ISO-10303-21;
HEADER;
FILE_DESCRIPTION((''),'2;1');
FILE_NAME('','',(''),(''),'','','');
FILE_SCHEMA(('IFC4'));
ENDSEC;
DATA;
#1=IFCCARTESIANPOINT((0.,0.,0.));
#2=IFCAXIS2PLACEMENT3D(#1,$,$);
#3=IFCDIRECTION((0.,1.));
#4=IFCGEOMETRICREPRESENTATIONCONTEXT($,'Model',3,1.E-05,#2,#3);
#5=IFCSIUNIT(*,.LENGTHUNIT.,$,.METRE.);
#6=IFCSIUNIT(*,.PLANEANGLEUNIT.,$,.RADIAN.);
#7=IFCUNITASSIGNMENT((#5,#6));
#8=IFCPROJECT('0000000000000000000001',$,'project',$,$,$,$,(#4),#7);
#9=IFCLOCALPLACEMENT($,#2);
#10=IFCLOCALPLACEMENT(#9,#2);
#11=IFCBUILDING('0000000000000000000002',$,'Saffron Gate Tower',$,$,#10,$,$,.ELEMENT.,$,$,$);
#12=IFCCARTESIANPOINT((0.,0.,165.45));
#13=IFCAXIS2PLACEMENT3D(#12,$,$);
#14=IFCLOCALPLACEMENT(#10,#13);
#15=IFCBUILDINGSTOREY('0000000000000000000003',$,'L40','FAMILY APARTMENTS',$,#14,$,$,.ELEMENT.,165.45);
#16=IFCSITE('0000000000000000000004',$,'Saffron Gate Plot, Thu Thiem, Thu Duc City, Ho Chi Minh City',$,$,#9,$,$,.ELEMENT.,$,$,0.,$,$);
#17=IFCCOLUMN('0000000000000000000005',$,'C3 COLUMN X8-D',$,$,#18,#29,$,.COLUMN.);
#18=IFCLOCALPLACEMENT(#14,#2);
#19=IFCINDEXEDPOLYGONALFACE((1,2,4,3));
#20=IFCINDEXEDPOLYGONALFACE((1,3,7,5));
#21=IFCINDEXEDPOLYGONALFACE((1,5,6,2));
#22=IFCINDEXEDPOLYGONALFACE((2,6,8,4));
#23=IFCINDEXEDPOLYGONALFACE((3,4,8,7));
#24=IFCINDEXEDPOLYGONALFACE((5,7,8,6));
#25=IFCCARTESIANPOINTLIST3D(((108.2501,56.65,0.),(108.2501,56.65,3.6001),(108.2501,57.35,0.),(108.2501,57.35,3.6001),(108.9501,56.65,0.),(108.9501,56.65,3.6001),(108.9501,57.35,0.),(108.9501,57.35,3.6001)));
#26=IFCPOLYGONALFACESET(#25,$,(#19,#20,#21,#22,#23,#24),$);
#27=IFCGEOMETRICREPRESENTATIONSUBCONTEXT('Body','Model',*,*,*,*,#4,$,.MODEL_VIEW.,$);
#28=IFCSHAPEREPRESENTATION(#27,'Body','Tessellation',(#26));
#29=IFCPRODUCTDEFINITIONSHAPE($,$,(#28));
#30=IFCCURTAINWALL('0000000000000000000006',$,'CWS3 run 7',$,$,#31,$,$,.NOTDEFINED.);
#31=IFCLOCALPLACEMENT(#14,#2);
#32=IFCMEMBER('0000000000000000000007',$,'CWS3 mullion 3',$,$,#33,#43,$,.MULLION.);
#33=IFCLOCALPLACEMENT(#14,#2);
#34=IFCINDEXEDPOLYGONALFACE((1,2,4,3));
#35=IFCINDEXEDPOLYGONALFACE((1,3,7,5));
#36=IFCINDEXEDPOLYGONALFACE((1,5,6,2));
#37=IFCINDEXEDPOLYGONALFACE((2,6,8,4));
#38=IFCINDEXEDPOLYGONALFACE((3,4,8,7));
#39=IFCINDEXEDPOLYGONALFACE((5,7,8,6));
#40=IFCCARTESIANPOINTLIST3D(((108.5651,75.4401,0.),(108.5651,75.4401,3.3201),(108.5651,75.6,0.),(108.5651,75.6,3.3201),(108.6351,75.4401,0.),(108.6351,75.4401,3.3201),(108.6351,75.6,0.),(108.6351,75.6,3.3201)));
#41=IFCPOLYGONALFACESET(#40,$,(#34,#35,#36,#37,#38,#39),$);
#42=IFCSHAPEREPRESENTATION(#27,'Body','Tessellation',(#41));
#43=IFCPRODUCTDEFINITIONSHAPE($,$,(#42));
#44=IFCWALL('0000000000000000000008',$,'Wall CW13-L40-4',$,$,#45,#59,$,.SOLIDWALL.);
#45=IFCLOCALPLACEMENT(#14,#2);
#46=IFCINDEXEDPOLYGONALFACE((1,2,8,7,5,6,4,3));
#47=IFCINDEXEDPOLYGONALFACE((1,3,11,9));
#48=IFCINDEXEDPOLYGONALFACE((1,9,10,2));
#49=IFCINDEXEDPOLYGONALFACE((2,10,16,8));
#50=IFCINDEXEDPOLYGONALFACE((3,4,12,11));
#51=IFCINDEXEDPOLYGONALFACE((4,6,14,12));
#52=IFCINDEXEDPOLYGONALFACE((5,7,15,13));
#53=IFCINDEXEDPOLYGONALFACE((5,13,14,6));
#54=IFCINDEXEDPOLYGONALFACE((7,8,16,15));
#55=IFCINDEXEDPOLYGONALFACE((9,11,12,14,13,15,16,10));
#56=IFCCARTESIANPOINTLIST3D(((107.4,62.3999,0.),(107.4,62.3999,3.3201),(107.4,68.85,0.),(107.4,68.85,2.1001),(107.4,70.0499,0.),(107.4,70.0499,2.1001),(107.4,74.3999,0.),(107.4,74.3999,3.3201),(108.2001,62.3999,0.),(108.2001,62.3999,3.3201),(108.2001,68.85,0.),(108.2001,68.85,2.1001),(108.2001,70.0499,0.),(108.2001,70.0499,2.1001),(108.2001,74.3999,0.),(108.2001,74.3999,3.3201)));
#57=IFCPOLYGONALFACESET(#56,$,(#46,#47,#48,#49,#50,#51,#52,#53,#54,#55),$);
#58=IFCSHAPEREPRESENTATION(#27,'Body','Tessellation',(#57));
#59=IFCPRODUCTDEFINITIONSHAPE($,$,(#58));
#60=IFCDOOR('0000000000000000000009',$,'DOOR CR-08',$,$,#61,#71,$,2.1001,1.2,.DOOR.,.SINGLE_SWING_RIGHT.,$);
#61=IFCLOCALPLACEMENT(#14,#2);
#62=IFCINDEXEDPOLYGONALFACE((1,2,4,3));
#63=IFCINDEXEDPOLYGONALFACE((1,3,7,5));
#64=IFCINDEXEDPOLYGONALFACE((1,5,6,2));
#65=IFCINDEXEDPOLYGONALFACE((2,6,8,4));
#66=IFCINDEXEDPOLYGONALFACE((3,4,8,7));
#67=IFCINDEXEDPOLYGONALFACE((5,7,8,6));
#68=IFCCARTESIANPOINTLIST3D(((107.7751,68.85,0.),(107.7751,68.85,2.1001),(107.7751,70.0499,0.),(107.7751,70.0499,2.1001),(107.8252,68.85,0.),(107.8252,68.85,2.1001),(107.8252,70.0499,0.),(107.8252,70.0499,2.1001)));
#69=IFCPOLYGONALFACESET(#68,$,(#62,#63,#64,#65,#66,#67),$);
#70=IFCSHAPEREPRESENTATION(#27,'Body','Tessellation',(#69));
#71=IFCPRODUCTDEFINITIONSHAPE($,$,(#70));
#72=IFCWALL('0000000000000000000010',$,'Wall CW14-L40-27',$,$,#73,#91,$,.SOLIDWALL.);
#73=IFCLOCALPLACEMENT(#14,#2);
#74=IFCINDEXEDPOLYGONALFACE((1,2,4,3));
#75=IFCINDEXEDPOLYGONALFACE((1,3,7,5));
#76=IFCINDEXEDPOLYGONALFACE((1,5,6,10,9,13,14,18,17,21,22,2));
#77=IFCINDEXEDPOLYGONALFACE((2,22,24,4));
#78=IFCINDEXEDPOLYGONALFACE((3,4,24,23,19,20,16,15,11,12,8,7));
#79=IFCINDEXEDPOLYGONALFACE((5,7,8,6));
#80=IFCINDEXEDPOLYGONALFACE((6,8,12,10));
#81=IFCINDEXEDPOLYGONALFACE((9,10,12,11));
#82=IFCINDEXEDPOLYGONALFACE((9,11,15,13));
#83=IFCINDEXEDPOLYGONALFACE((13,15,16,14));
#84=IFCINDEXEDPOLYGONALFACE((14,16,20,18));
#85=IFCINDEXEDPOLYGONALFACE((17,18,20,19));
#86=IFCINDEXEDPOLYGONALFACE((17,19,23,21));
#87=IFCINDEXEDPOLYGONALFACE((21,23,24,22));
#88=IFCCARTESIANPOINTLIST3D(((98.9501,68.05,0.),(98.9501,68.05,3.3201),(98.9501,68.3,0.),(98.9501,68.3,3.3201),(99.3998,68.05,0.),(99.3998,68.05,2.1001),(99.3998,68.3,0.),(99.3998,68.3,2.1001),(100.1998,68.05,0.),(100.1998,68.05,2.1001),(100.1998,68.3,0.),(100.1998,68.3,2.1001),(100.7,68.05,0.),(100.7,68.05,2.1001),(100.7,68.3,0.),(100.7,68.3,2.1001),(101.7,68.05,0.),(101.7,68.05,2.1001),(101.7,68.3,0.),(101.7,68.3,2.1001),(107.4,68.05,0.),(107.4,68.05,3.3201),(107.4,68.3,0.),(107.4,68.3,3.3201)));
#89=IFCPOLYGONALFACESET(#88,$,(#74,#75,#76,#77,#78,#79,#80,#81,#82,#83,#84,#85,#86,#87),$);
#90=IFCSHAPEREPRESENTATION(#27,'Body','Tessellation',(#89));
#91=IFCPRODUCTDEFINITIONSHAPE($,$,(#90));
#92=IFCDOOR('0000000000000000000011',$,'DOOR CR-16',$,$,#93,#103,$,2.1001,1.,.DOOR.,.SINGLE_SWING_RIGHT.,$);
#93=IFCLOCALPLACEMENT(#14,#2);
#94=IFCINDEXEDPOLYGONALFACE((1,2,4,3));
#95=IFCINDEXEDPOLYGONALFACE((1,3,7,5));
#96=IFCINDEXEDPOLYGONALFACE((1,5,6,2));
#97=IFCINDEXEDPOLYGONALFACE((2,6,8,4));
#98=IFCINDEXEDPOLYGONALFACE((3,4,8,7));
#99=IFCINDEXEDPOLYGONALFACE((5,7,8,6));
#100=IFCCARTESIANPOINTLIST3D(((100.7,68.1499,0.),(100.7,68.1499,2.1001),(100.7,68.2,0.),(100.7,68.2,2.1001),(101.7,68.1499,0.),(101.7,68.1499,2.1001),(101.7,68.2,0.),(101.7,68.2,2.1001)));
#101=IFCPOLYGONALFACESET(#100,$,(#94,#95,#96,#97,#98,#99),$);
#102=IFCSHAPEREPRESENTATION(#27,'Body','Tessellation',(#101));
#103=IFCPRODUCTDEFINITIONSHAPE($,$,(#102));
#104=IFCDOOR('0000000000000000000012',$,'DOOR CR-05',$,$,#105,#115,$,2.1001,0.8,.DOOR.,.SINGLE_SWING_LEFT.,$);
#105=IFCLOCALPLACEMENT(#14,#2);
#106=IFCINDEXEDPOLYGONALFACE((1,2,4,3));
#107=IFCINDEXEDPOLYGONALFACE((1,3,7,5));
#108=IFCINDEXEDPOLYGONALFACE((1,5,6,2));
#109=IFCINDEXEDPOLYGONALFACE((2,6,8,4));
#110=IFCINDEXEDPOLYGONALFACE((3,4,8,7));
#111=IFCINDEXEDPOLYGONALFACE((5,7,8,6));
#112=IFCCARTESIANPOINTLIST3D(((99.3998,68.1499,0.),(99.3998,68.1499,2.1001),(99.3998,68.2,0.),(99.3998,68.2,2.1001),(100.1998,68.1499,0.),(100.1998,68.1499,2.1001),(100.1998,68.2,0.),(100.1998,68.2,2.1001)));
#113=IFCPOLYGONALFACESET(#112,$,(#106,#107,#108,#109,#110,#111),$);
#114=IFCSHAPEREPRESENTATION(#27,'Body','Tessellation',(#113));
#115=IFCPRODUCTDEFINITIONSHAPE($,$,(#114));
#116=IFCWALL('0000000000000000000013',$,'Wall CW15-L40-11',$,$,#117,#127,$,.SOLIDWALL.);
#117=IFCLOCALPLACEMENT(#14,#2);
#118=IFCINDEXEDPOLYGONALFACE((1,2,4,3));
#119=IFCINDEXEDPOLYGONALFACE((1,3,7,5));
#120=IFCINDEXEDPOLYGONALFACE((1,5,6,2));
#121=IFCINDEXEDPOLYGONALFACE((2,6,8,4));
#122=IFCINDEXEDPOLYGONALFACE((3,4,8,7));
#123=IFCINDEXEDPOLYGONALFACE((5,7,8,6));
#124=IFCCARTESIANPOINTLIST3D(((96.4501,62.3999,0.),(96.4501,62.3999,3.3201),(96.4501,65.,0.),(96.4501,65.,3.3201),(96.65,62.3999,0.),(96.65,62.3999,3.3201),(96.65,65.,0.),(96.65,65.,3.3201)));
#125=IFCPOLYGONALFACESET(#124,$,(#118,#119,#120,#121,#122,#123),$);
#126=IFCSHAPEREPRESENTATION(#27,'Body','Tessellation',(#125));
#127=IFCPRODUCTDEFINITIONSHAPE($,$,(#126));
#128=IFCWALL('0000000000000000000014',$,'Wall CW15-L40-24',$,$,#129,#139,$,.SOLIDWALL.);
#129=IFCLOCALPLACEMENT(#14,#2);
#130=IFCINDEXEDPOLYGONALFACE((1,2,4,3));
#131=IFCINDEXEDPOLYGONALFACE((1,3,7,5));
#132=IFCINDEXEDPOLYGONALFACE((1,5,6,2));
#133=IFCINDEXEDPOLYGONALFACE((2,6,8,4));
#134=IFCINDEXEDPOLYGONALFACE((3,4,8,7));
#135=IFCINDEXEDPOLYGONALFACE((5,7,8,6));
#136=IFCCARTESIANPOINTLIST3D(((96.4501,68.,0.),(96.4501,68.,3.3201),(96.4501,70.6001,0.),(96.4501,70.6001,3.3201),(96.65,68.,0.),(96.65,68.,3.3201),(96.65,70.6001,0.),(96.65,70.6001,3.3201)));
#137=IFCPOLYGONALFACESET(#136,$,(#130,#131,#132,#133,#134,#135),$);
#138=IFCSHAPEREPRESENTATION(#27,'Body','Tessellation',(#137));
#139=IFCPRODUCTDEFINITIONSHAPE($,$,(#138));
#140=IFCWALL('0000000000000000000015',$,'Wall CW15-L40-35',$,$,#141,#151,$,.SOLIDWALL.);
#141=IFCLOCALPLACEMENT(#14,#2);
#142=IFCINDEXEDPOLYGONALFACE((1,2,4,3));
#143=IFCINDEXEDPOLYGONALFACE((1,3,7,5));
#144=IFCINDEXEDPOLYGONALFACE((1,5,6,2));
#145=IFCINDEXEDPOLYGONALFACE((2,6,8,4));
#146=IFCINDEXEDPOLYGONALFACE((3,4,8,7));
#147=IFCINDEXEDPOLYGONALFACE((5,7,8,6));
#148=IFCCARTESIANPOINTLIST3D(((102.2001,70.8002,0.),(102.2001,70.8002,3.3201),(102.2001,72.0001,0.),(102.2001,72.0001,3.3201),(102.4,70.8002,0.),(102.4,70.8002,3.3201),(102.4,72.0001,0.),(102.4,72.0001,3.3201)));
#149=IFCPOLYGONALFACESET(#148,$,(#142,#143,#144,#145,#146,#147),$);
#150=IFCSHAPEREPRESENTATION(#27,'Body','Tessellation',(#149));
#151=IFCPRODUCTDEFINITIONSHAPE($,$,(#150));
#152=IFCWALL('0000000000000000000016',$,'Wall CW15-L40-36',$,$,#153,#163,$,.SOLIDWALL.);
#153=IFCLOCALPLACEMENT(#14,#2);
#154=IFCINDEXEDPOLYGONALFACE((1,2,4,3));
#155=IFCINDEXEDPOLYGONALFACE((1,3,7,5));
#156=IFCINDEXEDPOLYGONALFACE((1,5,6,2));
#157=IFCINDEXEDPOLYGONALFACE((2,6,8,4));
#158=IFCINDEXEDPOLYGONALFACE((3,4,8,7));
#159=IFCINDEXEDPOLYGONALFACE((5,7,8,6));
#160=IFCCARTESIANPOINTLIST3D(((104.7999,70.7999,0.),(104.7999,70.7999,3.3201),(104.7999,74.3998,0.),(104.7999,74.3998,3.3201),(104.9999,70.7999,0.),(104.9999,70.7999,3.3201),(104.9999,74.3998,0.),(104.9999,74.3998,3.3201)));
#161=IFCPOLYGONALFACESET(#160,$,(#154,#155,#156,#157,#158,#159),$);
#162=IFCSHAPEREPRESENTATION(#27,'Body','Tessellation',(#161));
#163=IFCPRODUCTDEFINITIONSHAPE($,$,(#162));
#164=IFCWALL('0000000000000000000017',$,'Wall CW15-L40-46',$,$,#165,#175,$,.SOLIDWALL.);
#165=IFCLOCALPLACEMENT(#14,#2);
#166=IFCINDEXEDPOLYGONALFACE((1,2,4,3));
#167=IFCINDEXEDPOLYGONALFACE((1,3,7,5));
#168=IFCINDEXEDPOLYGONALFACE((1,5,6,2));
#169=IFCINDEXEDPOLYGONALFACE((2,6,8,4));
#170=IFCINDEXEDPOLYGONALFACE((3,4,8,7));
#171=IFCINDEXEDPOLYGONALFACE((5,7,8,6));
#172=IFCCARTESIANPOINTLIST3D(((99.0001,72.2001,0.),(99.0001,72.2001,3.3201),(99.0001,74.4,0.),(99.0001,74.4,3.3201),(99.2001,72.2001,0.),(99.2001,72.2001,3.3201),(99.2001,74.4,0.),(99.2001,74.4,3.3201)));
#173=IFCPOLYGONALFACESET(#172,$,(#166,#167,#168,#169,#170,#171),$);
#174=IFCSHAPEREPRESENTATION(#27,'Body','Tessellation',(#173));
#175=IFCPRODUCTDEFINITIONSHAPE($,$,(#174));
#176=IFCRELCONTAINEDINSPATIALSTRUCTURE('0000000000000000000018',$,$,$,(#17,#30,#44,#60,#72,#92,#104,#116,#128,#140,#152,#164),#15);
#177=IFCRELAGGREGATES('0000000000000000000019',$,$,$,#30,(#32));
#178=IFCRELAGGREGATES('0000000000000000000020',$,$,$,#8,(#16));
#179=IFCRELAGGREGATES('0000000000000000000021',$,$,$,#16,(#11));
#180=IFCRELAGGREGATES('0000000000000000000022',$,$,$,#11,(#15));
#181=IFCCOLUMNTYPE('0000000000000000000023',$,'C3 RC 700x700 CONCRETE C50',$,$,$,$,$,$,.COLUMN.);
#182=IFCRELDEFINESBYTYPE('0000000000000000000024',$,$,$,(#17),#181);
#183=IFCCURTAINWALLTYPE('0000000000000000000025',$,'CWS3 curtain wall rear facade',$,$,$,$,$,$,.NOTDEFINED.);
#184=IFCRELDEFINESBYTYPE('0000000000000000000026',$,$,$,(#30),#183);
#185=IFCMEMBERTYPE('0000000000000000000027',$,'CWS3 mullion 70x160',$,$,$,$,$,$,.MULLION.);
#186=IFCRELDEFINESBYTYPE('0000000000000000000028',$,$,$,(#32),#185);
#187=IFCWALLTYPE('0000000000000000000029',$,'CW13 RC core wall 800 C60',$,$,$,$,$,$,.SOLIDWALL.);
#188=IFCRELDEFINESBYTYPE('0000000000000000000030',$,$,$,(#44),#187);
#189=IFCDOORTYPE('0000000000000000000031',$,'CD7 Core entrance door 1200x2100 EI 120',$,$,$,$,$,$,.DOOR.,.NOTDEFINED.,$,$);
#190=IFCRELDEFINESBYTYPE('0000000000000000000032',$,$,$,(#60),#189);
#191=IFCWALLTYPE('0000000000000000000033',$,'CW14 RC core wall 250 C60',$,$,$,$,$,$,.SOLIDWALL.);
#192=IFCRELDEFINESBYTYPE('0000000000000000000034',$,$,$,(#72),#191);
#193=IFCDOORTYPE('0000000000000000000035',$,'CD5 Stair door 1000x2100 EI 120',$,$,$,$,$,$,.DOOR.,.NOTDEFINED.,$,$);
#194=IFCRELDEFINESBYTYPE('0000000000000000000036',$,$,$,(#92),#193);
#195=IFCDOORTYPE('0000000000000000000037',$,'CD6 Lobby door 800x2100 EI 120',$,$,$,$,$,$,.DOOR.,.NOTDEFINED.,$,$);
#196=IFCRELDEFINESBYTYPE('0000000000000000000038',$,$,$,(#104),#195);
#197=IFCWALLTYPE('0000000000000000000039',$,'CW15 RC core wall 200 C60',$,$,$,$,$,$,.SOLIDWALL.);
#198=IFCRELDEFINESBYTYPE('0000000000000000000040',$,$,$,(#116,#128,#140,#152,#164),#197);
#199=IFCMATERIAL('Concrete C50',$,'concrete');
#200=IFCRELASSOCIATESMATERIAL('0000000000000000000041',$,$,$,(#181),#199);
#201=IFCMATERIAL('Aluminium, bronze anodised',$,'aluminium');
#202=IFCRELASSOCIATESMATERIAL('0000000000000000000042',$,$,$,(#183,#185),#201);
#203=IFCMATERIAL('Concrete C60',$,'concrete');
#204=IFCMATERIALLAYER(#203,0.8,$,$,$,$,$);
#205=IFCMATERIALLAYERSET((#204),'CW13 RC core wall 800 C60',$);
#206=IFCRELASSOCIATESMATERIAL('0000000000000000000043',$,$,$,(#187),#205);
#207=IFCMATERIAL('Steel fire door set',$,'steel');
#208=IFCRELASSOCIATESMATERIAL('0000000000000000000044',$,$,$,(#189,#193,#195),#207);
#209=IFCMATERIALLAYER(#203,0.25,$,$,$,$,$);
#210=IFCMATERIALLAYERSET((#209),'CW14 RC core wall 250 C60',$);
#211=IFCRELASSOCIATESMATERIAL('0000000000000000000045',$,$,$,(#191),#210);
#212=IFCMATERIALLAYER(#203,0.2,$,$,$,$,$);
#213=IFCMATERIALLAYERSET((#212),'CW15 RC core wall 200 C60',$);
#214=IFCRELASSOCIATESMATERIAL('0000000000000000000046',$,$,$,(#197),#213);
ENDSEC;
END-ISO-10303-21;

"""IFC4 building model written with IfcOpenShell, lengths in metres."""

from ifc_helpers import new_model, si_unit, direction, frame, frame_2d, origin, origin_2d, place, context, subcontext, project, spatial, rectangle, extrude, material, layer, layer_set, material_profile, profile_set, type_object, element, fill, aggregate, save


model = new_model("IFC4")

# Units and contexts
model_context = context("Model", 3, precision=1e-05, world=origin(), true_north=direction((0.0, 1.0)))
body_context = subcontext(model_context, "Body", "Model", "MODEL_VIEW")
ifc_project = project(units=[si_unit("LENGTHUNIT", "METRE"), si_unit("PLANEANGLEUNIT", "RADIAN")], contexts=[model_context])

# Site, building, storey
site_placement = place(None, origin())
site = spatial("IfcSite", under=ifc_project, at=site_placement, Name="Saffron Gate Plot, Thu Thiem, Thu Duc City, Ho Chi Minh City", CompositionType="ELEMENT", RefElevation=0.0)
building_placement = place(site_placement, origin())
building = spatial("IfcBuilding", under=site, at=building_placement, Name="Saffron Gate Tower", CompositionType="ELEMENT")
storey_placement = place(building_placement, frame((0.0, 0.0, 165.45)))
storey = spatial("IfcBuildingStorey", under=building, at=storey_placement, Name="L40", Description="FAMILY APARTMENTS", CompositionType="ELEMENT", Elevation=165.45)

# Column
ifc_material_1 = material(Name="Concrete C50", Category="concrete")
ifc_material_profile_1 = material_profile(ifc_material_1, rectangle(XDim=0.7, YDim=0.7, at=origin_2d()))
ifc_profile_set_1 = profile_set([ifc_material_profile_1], Name="Concrete C50")
column_type = type_object("IfcColumnType", Name="C3 RC 700x700 CONCRETE C50", PredefinedType="COLUMN", material=ifc_profile_set_1)
column_placement = place(storey_placement, frame((108.6001, 57.0, 0.0), z_axis=(0.0, 0.0, 1.0), x_axis=(1.0, 0.0, 0.0)))
element("IfcColumn", 1, at=column_placement, inside=storey, type_object=column_type, Name="C3 COLUMN X8-D", PredefinedType="COLUMN", context=body_context, shape_type="SweptSolid", body=[
    extrude(rectangle(XDim=0.7, YDim=0.7, at=origin_2d()), origin(), (0.0, 0.0, 1.0), 3.6001),
])

# Curtain wall, member
ifc_material_2 = material(Name="Aluminium, bronze anodised", Category="aluminium")
curtain_wall_type = type_object("IfcCurtainWallType", Name="CWS3 curtain wall rear facade", PredefinedType="NOTDEFINED", material=ifc_material_2)
curtain_wall_placement = place(storey_placement, origin())
curtain_wall = element("IfcCurtainWall", 2, at=curtain_wall_placement, inside=storey, type_object=curtain_wall_type, Name="CWS3 run 7", PredefinedType="NOTDEFINED")
ifc_material_profile_2 = material_profile(ifc_material_2, rectangle(XDim=0.1599, YDim=0.0701, at=origin_2d()))
ifc_profile_set_2 = profile_set([ifc_material_profile_2], Name="Aluminium, bronze anodised")
member_type = type_object("IfcMemberType", Name="CWS3 mullion 70x160", PredefinedType="MULLION", material=ifc_profile_set_2)
member_placement = place(storey_placement, frame((108.6001, 75.52, 0.0), z_axis=(0.0, 0.0, 1.0), x_axis=(0.0, -1.0, 0.0)))
member = element("IfcMember", 3, at=member_placement, type_object=member_type, Name="CWS3 mullion 3", PredefinedType="MULLION", context=body_context, shape_type="SweptSolid", body=[
    extrude(rectangle(XDim=0.1599, YDim=0.0701, at=origin_2d()), origin(), (0.0, 0.0, 1.0), 3.3201),
])
aggregate(curtain_wall, [member])

# Wall, opening, door
ifc_material_3 = material(Name="Concrete C60", Category="concrete")
ifc_layer_1 = layer(ifc_material_3, 0.8)
ifc_layer_set_1 = layer_set([ifc_layer_1], Name="CW13 RC core wall 800 C60")
wall_type_1 = type_object("IfcWallType", Name="CW13 RC core wall 800 C60", PredefinedType="SOLIDWALL", material=ifc_layer_set_1)
wall_1_placement = place(storey_placement, frame((107.8, 62.3999, 0.0), z_axis=(0.0, 0.0, 1.0), x_axis=(0.0, 1.0, 0.0)))
wall_1 = element("IfcWall", 4, at=wall_1_placement, inside=storey, type_object=wall_type_1, Name="Wall CW13-L40-4", PredefinedType="SOLIDWALL", context=body_context, shape_type="SweptSolid", body=[
    extrude(rectangle(XDim=12.0, YDim=0.8, at=frame_2d((6.0, 0.0))), origin(), (0.0, 0.0, 1.0), 3.3201),
])
opening_1_placement = place(wall_1_placement, frame((6.45, 0.0, 0.0)))
opening_1 = element("IfcOpeningElement", 5, at=opening_1_placement, cuts=wall_1, PredefinedType="OPENING", context=body_context, shape_type="SweptSolid", body=[
    extrude(rectangle(XDim=1.2, YDim=2.1001, at=frame_2d((0.6001, 1.05))), frame((0.0, 0.4102, 0.0), z_axis=(0.0, -1.0, 0.0), x_axis=(1.0, 0.0, 0.0)), (0.0, 0.0, 1.0), 0.8201),
])
ifc_material_4 = material(Name="Steel fire door set", Category="steel")
door_type_1 = type_object("IfcDoorType", Name="CD7 Core entrance door 1200x2100 EI 120", OperationType="NOTDEFINED", PredefinedType="DOOR", material=ifc_material_4)
door_1_placement = place(opening_1_placement, origin())
door_1 = element("IfcDoor", 6, at=door_1_placement, inside=storey, type_object=door_type_1, Name="DOOR CR-08", OperationType="SINGLE_SWING_RIGHT", OverallHeight=2.1001, OverallWidth=1.2, PredefinedType="DOOR", context=body_context, shape_type="SweptSolid", body=[
    extrude(rectangle(XDim=1.2, YDim=2.1001, at=frame_2d((0.6001, 1.05))), frame((0.0, 0.0249, 0.0), z_axis=(0.0, -1.0, 0.0), x_axis=(1.0, 0.0, 0.0)), (0.0, 0.0, 1.0), 0.05),
])
fill(opening_1, door_1)

# Wall, openings, doors
ifc_layer_2 = layer(ifc_material_3, 0.25)
ifc_layer_set_2 = layer_set([ifc_layer_2], Name="CW14 RC core wall 250 C60")
wall_type_2 = type_object("IfcWallType", Name="CW14 RC core wall 250 C60", PredefinedType="SOLIDWALL", material=ifc_layer_set_2)
wall_2_placement = place(storey_placement, frame((98.95, 68.175, 0.0), z_axis=(0.0, 0.0, 1.0), x_axis=(1.0, 0.0, 0.0)))
wall_2 = element("IfcWall", 7, at=wall_2_placement, inside=storey, type_object=wall_type_2, Name="Wall CW14-L40-27", PredefinedType="SOLIDWALL", context=body_context, shape_type="SweptSolid", body=[
    extrude(rectangle(XDim=8.45, YDim=0.25, at=frame_2d((4.2251, 0.0))), origin(), (0.0, 0.0, 1.0), 3.3201),
])
opening_2_placement = place(wall_2_placement, frame((0.45, 0.0, 0.0)))
opening_2 = element("IfcOpeningElement", 8, at=opening_2_placement, cuts=wall_2, PredefinedType="OPENING", context=body_context, shape_type="SweptSolid", body=[
    extrude(rectangle(XDim=0.8, YDim=2.1001, at=frame_2d((0.3999, 1.05))), frame((0.0, 0.135, 0.0), z_axis=(0.0, -1.0, 0.0), x_axis=(1.0, 0.0, 0.0)), (0.0, 0.0, 1.0), 0.27),
])
opening_3_placement = place(wall_2_placement, frame((1.75, 0.0, 0.0)))
opening_3 = element("IfcOpeningElement", 9, at=opening_3_placement, cuts=wall_2, PredefinedType="OPENING", context=body_context, shape_type="SweptSolid", body=[
    extrude(rectangle(XDim=1.0, YDim=2.1001, at=frame_2d((0.5, 1.05))), frame((0.0, 0.135, 0.0), z_axis=(0.0, -1.0, 0.0), x_axis=(1.0, 0.0, 0.0)), (0.0, 0.0, 1.0), 0.27),
])
door_type_2 = type_object("IfcDoorType", Name="CD5 Stair door 1000x2100 EI 120", OperationType="NOTDEFINED", PredefinedType="DOOR", material=ifc_material_4)
door_2_placement = place(opening_3_placement, origin())
door_2 = element("IfcDoor", 10, at=door_2_placement, inside=storey, type_object=door_type_2, Name="DOOR CR-16", OperationType="SINGLE_SWING_RIGHT", OverallHeight=2.1001, OverallWidth=1.0, PredefinedType="DOOR", context=body_context, shape_type="SweptSolid", body=[
    extrude(rectangle(XDim=1.0, YDim=2.1001, at=frame_2d((0.5, 1.05))), frame((0.0, 0.0249, 0.0), z_axis=(0.0, -1.0, 0.0), x_axis=(1.0, 0.0, 0.0)), (0.0, 0.0, 1.0), 0.05),
])
fill(opening_3, door_2)
door_type_3 = type_object("IfcDoorType", Name="CD6 Lobby door 800x2100 EI 120", OperationType="NOTDEFINED", PredefinedType="DOOR", material=ifc_material_4)
door_3_placement = place(opening_2_placement, origin())
door_3 = element("IfcDoor", 11, at=door_3_placement, inside=storey, type_object=door_type_3, Name="DOOR CR-05", OperationType="SINGLE_SWING_LEFT", OverallHeight=2.1001, OverallWidth=0.8, PredefinedType="DOOR", context=body_context, shape_type="SweptSolid", body=[
    extrude(rectangle(XDim=0.8, YDim=2.1001, at=frame_2d((0.3999, 1.05))), frame((0.0, 0.0249, 0.0), z_axis=(0.0, -1.0, 0.0), x_axis=(1.0, 0.0, 0.0)), (0.0, 0.0, 1.0), 0.05),
])
fill(opening_2, door_3)

# Walls
ifc_layer_3 = layer(ifc_material_3, 0.2)
ifc_layer_set_3 = layer_set([ifc_layer_3], Name="CW15 RC core wall 200 C60")
wall_type_3 = type_object("IfcWallType", Name="CW15 RC core wall 200 C60", PredefinedType="SOLIDWALL", material=ifc_layer_set_3)
for number, where, z_axis, x_axis, name in (
    (12, (96.55, 62.3999, 0.0), (0.0, 0.0, 1.0), (0.0, 1.0, 0.0), "Wall CW15-L40-11"),
    (13, (96.55, 68.0, 0.0), (0.0, 0.0, 1.0), (0.0, 1.0, 0.0), "Wall CW15-L40-24"),
):
    element("IfcWall", number, at=place(storey_placement, frame(where, z_axis=z_axis, x_axis=x_axis)), inside=storey, type_object=wall_type_3, Name=name, PredefinedType="SOLIDWALL", context=body_context, shape_type="SweptSolid", body=[
        extrude(rectangle(XDim=2.6001, YDim=0.2, at=frame_2d((1.3, 0.0))), origin(), (0.0, 0.0, 1.0), 3.3201),
    ])
wall_3_placement = place(storey_placement, frame((102.3, 70.8, 0.0), z_axis=(0.0, 0.0, 1.0), x_axis=(0.0, 1.0, 0.0)))
element("IfcWall", 14, at=wall_3_placement, inside=storey, type_object=wall_type_3, Name="Wall CW15-L40-35", PredefinedType="SOLIDWALL", context=body_context, shape_type="SweptSolid", body=[
    extrude(rectangle(XDim=1.2, YDim=0.2, at=frame_2d((0.6001, 0.0))), origin(), (0.0, 0.0, 1.0), 3.3201),
])
wall_4_placement = place(storey_placement, frame((104.8999, 70.8, 0.0), z_axis=(0.0, 0.0, 1.0), x_axis=(0.0, 1.0, 0.0)))
element("IfcWall", 15, at=wall_4_placement, inside=storey, type_object=wall_type_3, Name="Wall CW15-L40-36", PredefinedType="SOLIDWALL", context=body_context, shape_type="SweptSolid", body=[
    extrude(rectangle(XDim=3.5999, YDim=0.2, at=frame_2d((1.7998, 0.0))), origin(), (0.0, 0.0, 1.0), 3.3201),
])
for number, where, z_axis, x_axis, name in (
    (16, (99.1001, 72.2, 0.0), (0.0, 0.0, 1.0), (0.0, 1.0, 0.0), "Wall CW15-L40-46"),
):
    element("IfcWall", number, at=place(storey_placement, frame(where, z_axis=z_axis, x_axis=x_axis)), inside=storey, type_object=wall_type_3, Name=name, PredefinedType="SOLIDWALL", context=body_context, shape_type="SweptSolid", body=[
        extrude(rectangle(XDim=2.2, YDim=0.2, at=frame_2d((1.1001, 0.0))), origin(), (0.0, 0.0, 1.0), 3.3201),
    ])

save(model, "model.ifc")
